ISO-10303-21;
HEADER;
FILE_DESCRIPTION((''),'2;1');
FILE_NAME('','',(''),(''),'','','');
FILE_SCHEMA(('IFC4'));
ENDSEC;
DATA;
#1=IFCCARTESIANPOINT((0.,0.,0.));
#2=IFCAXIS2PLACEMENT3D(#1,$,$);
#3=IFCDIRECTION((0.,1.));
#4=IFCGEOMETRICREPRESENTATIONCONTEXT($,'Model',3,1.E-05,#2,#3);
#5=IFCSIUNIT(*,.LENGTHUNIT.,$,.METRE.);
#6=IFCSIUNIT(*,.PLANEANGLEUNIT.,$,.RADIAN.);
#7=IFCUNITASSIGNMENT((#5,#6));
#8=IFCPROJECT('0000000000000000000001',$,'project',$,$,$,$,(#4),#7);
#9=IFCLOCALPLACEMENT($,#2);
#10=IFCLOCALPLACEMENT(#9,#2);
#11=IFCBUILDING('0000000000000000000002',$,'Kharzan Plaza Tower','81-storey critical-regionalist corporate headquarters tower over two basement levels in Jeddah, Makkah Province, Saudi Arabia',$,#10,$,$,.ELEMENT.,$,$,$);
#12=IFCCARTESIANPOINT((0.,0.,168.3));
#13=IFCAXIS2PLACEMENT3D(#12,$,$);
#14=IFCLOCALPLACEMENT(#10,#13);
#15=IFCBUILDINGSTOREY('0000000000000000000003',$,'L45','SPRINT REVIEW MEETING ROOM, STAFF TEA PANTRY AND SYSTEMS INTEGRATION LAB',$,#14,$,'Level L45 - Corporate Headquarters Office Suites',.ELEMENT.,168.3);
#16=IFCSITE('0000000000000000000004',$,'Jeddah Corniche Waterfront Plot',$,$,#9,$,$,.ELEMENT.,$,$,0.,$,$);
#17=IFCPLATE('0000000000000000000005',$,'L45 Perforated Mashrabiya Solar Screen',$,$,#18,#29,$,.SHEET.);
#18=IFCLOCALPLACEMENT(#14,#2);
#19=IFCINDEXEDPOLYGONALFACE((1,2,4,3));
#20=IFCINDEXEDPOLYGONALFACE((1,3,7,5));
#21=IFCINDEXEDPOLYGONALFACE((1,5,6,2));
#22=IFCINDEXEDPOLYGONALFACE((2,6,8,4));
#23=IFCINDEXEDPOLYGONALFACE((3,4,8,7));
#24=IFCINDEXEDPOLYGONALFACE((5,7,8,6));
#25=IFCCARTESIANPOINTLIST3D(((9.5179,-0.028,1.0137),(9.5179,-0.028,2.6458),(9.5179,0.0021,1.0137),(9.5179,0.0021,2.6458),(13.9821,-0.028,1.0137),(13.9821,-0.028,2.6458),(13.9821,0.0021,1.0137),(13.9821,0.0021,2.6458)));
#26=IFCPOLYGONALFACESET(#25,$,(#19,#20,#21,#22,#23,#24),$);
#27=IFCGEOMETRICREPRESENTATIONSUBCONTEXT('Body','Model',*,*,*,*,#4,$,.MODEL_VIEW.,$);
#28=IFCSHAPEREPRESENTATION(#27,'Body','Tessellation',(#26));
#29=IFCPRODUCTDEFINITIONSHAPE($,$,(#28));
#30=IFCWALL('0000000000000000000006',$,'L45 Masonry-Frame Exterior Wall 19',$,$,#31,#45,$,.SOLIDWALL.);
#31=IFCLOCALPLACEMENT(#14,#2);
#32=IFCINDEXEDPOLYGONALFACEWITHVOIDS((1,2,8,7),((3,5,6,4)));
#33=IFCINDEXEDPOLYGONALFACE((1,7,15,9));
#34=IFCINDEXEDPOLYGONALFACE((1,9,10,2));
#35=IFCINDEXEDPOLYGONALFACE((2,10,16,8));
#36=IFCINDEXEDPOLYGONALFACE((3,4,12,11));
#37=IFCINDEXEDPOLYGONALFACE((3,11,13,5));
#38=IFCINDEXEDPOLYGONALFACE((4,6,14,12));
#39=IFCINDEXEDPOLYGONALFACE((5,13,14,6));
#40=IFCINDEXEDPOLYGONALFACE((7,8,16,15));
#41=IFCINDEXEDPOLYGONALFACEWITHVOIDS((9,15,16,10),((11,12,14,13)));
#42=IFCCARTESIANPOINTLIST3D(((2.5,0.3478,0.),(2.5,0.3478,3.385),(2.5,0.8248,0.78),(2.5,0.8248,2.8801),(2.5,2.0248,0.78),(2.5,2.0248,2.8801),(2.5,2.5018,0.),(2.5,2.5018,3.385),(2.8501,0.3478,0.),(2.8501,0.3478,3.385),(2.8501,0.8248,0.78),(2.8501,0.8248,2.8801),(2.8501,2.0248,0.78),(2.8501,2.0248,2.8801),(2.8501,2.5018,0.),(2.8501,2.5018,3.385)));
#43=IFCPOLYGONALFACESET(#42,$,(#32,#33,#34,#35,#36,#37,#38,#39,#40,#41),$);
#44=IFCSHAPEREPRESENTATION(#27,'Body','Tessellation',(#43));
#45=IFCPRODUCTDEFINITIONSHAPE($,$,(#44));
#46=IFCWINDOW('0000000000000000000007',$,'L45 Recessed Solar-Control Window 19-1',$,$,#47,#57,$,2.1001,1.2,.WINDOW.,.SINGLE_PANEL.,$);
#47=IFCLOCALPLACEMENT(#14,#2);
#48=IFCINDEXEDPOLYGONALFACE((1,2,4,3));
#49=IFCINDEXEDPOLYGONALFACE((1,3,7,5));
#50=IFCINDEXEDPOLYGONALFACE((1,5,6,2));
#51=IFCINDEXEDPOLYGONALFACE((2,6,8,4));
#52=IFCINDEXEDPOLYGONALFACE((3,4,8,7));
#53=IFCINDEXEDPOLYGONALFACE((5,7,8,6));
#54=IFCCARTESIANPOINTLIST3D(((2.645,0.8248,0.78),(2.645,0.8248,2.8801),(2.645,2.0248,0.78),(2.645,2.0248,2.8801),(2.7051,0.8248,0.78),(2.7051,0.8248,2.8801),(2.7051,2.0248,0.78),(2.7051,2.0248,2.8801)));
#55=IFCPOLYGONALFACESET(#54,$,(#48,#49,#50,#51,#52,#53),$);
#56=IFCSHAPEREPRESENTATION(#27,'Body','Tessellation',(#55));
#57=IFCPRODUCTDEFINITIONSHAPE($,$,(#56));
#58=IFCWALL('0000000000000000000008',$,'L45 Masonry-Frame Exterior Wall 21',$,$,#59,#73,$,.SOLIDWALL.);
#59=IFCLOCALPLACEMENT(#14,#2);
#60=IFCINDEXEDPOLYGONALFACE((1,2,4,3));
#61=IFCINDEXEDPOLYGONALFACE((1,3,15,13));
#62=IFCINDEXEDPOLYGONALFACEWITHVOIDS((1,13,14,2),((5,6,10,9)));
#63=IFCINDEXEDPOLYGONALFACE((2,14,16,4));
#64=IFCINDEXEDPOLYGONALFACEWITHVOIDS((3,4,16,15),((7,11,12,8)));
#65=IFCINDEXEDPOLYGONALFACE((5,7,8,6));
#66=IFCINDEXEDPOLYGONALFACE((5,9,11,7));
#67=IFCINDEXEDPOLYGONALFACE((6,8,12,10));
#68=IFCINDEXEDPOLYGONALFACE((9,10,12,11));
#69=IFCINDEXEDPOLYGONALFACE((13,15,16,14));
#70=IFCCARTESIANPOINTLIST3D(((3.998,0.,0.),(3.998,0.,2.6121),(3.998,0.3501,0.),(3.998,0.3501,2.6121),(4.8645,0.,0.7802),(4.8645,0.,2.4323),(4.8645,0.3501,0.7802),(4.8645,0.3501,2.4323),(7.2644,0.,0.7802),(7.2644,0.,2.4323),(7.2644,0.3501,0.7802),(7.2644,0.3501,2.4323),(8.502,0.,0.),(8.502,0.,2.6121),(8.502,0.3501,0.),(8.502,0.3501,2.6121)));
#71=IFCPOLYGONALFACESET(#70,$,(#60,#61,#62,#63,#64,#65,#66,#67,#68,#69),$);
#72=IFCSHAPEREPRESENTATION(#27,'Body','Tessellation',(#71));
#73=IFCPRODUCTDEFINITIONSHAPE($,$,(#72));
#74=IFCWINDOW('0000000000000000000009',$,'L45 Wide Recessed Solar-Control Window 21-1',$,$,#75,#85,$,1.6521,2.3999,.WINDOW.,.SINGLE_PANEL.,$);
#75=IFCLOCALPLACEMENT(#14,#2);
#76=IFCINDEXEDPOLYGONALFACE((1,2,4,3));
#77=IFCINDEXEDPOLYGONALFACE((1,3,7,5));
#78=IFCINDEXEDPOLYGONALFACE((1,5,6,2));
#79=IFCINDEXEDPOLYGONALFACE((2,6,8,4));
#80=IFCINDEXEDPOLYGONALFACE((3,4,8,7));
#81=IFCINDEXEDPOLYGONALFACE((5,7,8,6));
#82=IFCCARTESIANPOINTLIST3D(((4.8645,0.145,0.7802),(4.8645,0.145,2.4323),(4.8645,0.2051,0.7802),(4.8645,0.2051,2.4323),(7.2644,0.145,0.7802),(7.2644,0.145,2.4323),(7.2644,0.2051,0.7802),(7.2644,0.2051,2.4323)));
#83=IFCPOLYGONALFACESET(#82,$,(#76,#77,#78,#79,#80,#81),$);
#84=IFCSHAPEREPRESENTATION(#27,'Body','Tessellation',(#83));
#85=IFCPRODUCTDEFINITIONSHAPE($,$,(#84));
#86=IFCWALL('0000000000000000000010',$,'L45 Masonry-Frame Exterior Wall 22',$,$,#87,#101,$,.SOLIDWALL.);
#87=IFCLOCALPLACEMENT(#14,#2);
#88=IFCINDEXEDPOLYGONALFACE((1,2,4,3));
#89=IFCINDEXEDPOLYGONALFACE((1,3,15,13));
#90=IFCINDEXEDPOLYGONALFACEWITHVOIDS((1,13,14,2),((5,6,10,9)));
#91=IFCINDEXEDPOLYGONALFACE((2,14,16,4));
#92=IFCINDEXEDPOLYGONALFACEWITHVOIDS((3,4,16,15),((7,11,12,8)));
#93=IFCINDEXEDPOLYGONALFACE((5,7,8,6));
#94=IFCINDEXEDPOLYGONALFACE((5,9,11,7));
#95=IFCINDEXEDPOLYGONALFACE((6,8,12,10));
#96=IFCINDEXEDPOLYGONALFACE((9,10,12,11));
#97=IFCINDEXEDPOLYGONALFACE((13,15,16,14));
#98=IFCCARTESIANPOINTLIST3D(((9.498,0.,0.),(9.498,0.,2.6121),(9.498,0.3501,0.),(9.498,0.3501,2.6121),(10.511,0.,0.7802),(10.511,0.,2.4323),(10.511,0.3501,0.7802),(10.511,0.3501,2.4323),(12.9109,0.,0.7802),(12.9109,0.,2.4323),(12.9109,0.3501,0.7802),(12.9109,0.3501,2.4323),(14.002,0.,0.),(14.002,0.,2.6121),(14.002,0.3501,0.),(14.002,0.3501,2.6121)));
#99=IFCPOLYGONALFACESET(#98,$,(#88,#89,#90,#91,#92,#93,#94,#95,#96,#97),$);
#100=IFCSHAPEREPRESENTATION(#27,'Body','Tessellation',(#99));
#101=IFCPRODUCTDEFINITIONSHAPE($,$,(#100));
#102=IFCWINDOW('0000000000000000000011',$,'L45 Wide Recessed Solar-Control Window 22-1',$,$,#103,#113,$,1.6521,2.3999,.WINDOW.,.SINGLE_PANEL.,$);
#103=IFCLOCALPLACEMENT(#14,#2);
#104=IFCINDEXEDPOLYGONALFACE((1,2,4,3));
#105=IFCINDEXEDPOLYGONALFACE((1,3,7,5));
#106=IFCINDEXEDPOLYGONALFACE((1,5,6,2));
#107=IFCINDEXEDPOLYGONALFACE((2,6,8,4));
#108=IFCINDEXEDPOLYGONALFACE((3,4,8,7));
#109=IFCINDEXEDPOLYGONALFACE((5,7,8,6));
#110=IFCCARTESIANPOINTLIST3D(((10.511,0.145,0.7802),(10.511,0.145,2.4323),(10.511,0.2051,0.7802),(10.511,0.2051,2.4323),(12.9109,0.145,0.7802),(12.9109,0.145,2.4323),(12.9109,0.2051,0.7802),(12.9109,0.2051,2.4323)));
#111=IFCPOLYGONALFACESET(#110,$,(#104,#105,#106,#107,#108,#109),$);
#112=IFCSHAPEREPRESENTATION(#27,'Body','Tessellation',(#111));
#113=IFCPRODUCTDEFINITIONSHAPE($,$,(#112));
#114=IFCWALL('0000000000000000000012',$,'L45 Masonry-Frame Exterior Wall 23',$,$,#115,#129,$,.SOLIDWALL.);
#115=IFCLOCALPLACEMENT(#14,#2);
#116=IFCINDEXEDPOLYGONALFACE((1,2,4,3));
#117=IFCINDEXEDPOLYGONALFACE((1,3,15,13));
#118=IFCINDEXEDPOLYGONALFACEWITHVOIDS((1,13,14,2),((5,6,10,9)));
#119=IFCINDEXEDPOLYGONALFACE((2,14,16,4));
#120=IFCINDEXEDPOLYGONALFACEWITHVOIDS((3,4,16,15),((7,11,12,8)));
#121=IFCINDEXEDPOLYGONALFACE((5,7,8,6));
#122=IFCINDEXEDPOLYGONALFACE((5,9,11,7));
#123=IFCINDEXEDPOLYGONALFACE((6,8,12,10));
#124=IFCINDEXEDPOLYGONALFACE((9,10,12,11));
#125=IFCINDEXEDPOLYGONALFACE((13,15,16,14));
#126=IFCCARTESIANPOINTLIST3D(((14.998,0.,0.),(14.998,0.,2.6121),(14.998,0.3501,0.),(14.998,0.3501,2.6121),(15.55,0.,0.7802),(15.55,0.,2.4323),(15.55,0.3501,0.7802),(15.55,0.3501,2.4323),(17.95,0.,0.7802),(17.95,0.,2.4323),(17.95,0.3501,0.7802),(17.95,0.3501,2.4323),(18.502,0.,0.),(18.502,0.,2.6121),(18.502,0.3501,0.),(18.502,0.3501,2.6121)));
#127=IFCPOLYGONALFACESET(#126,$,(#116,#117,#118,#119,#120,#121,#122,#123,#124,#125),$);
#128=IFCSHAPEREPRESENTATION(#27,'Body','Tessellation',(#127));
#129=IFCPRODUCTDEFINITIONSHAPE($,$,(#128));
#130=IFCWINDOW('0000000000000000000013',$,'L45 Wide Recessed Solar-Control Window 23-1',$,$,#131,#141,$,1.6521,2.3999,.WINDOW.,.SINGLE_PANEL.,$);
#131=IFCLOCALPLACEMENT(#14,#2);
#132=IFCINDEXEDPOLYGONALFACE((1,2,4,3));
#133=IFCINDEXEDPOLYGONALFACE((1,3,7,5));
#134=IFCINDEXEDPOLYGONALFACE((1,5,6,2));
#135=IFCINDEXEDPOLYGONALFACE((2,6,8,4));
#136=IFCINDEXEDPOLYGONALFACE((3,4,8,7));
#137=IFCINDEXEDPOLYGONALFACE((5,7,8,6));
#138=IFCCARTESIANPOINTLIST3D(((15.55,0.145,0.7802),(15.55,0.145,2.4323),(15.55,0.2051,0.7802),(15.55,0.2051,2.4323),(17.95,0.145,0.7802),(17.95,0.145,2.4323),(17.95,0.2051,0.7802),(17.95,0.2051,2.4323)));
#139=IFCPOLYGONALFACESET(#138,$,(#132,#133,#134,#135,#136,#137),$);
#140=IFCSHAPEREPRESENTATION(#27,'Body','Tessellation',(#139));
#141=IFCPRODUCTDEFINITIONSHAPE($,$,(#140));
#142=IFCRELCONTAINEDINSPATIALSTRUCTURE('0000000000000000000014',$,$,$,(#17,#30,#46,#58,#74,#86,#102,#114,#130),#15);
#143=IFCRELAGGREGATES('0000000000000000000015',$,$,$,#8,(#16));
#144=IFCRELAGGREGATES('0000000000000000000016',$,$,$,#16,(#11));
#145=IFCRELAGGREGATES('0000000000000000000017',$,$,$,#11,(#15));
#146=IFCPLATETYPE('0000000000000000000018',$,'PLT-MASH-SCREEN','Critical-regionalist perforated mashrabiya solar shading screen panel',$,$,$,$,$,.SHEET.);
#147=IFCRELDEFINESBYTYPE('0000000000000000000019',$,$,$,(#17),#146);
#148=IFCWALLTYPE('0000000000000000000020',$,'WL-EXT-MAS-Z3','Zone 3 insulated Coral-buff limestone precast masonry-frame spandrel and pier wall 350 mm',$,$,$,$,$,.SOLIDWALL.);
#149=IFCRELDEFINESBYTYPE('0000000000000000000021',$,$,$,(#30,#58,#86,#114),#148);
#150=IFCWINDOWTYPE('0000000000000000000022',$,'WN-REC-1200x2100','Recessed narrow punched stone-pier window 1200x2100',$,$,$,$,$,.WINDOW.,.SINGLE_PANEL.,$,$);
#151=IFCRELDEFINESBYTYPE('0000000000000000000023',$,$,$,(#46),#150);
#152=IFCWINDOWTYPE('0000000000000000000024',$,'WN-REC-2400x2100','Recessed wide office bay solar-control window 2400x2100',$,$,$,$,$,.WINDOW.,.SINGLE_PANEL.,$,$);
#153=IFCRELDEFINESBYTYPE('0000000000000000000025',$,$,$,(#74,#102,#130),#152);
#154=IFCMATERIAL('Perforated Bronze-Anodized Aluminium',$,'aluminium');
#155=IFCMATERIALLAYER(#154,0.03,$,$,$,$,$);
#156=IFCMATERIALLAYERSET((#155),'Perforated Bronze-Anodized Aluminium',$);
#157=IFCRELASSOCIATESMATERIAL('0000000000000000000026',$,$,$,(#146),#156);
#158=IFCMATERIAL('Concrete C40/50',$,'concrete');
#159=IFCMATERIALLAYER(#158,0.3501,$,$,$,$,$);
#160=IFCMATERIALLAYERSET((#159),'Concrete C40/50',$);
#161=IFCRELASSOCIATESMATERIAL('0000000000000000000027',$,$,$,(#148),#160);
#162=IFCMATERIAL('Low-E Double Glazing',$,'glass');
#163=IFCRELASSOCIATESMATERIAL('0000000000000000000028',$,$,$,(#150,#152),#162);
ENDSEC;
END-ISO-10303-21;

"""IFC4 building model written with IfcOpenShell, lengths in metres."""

from ifc_helpers import new_model, si_unit, direction, frame, frame_2d, origin, origin_2d, place, context, subcontext, project, spatial, rectangle, extrude, source, transform, mapped, material, layer, layer_set, type_object, element, fill, save


model = new_model("IFC4")

# Units and contexts
model_context = context("Model", 3, precision=1e-05, world=origin(), true_north=direction((0.0, 1.0)))
body_context = subcontext(model_context, "Body", "Model", "MODEL_VIEW")
ifc_project = project(units=[si_unit("LENGTHUNIT", "METRE"), si_unit("PLANEANGLEUNIT", "RADIAN")], contexts=[model_context])

# Site, building, storey
site_placement = place(None, origin())
site = spatial("IfcSite", under=ifc_project, at=site_placement, Name="Jeddah Corniche Waterfront Plot", CompositionType="ELEMENT", RefElevation=0.0)
building_placement = place(site_placement, origin())
building = spatial("IfcBuilding", under=site, at=building_placement, Name="Kharzan Plaza Tower", Description="81-storey critical-regionalist corporate headquarters tower over two basement levels in Jeddah, Makkah Province, Saudi Arabia", CompositionType="ELEMENT")
storey_placement = place(building_placement, frame((0.0, 0.0, 168.3)))
storey = spatial("IfcBuildingStorey", under=building, at=storey_placement, Name="L45", Description="SPRINT REVIEW MEETING ROOM, STAFF TEA PANTRY AND SYSTEMS INTEGRATION LAB", LongName="Level L45 - Corporate Headquarters Office Suites", CompositionType="ELEMENT", Elevation=168.3)

# Plate
ifc_material_1 = material(Name="Perforated Bronze-Anodized Aluminium", Category="aluminium")
ifc_layer_1 = layer(ifc_material_1, 0.03)
ifc_layer_set_1 = layer_set([ifc_layer_1], Name="Perforated Bronze-Anodized Aluminium")
plate_type = type_object("IfcPlateType", Name="PLT-MASH-SCREEN", Description="Critical-regionalist perforated mashrabiya solar shading screen panel", PredefinedType="SHEET", material=ifc_layer_set_1)
shared_shape_1 = source(origin(), body_context, "Body", "SweptSolid", [
    extrude(rectangle(XDim=4.4641, YDim=0.03, at=origin_2d()), origin(), (0.0, 0.0, 1.0), 1.6321),
])
for number, where, z_axis, x_axis, name in (
    (1, (11.75, -0.0129, 1.0137), (0.0, 0.0, 1.0), (1.0, 0.0, 0.0), "L45 Perforated Mashrabiya Solar Screen"),
):
    element("IfcPlate", number, at=place(storey_placement, frame(where, z_axis=z_axis, x_axis=x_axis)), inside=storey, type_object=plate_type, Name=name, PredefinedType="SHEET", context=body_context, shape_type="MappedRepresentation", body=[
        mapped(shared_shape_1, transform((0.0, 0.0, 0.0), x_axis=(1.0, 0.0, 0.0), y_axis=(0.0, 1.0, 0.0), z_axis=(0.0, 0.0, 1.0))),
    ])

# Walls, openings, windows
ifc_material_2 = material(Name="Concrete C40/50", Category="concrete")
ifc_layer_2 = layer(ifc_material_2, 0.3501)
ifc_layer_set_2 = layer_set([ifc_layer_2], Name="Concrete C40/50")
wall_type_1 = type_object("IfcWallType", Name="WL-EXT-MAS-Z3", Description="Zone 3 insulated Coral-buff limestone precast masonry-frame spandrel and pier wall 350 mm", PredefinedType="SOLIDWALL", material=ifc_layer_set_2)
wall_1_placement = place(storey_placement, frame((2.675, 2.502, 0.0), z_axis=(0.0, 0.0, 1.0), x_axis=(0.0, -1.0, 0.0)))
wall_1 = element("IfcWall", 2, at=wall_1_placement, inside=storey, type_object=wall_type_1, Name="L45 Masonry-Frame Exterior Wall 19", PredefinedType="SOLIDWALL", context=body_context, shape_type="SweptSolid", body=[
    extrude(rectangle(XDim=2.1541, YDim=0.3501, at=frame_2d((1.0771, 0.0))), origin(), (0.0, 0.0, 1.0), 3.385),
])
opening_1_placement = place(wall_1_placement, frame((0.4771, 0.0, 0.78)))
opening_1 = element("IfcOpeningElement", 3, at=opening_1_placement, cuts=wall_1, PredefinedType="OPENING", context=body_context, shape_type="SweptSolid", body=[
    extrude(rectangle(XDim=1.2, YDim=2.1001, at=frame_2d((0.6001, 1.05))), frame((0.0, 0.1851, 0.0), z_axis=(0.0, -1.0, 0.0), x_axis=(1.0, 0.0, 0.0)), (0.0, 0.0, 1.0), 0.3701),
])
ifc_material_3 = material(Name="Low-E Double Glazing", Category="glass")
window_type_1 = type_object("IfcWindowType", Name="WN-REC-1200x2100", Description="Recessed narrow punched stone-pier window 1200x2100", PartitioningType="SINGLE_PANEL", PredefinedType="WINDOW", material=ifc_material_3)
shared_shape_2 = source(origin(), body_context, "Body", "SweptSolid", [
    extrude(rectangle(XDim=1.2, YDim=2.1001, at=frame_2d((0.6001, 1.05))), frame((0.0, 0.03, 0.0), z_axis=(0.0, -1.0, 0.0), x_axis=(1.0, 0.0, 0.0)), (0.0, 0.0, 1.0), 0.0601),
])
window_1_placement = place(opening_1_placement, origin())
window_1 = element("IfcWindow", 4, at=window_1_placement, inside=storey, type_object=window_type_1, Name="L45 Recessed Solar-Control Window 19-1", OverallHeight=2.1001, OverallWidth=1.2, PartitioningType="SINGLE_PANEL", PredefinedType="WINDOW", context=body_context, shape_type="MappedRepresentation", body=[
    mapped(shared_shape_2, transform((0.0, 0.0, 0.0), x_axis=(1.0, 0.0, 0.0), y_axis=(0.0, 1.0, 0.0), z_axis=(0.0, 0.0, 1.0))),
])
fill(opening_1, window_1)
wall_2_placement = place(storey_placement, frame((3.998, 0.175, 0.0), z_axis=(0.0, 0.0, 1.0), x_axis=(1.0, 0.0, 0.0)))
wall_2 = element("IfcWall", 5, at=wall_2_placement, inside=storey, type_object=wall_type_1, Name="L45 Masonry-Frame Exterior Wall 21", PredefinedType="SOLIDWALL", context=body_context, shape_type="SweptSolid", body=[
    extrude(rectangle(XDim=4.5039, YDim=0.3501, at=frame_2d((2.252, 0.0))), origin(), (0.0, 0.0, 1.0), 2.6121),
])
opening_2_placement = place(wall_2_placement, frame((0.8665, 0.0, 0.78)))
opening_2 = element("IfcOpeningElement", 6, at=opening_2_placement, cuts=wall_2, PredefinedType="OPENING", context=body_context, shape_type="SweptSolid", body=[
    extrude(rectangle(XDim=2.3999, YDim=1.6521, at=frame_2d((1.2, 0.8262))), frame((0.0, 0.1851, 0.0), z_axis=(0.0, -1.0, 0.0), x_axis=(1.0, 0.0, 0.0)), (0.0, 0.0, 1.0), 0.3701),
])
window_type_2 = type_object("IfcWindowType", Name="WN-REC-2400x2100", Description="Recessed wide office bay solar-control window 2400x2100", PartitioningType="SINGLE_PANEL", PredefinedType="WINDOW", material=ifc_material_3)
shared_shape_3 = source(origin(), body_context, "Body", "SweptSolid", [
    extrude(rectangle(XDim=2.3999, YDim=1.6521, at=frame_2d((1.2, 0.8262))), frame((0.0, 0.03, 0.0), z_axis=(0.0, -1.0, 0.0), x_axis=(1.0, 0.0, 0.0)), (0.0, 0.0, 1.0), 0.0601),
])
window_2_placement = place(opening_2_placement, origin())
window_2 = element("IfcWindow", 7, at=window_2_placement, inside=storey, type_object=window_type_2, Name="L45 Wide Recessed Solar-Control Window 21-1", OverallHeight=1.6521, OverallWidth=2.3999, PartitioningType="SINGLE_PANEL", PredefinedType="WINDOW", context=body_context, shape_type="MappedRepresentation", body=[
    mapped(shared_shape_3, transform((0.0, 0.0, 0.0), x_axis=(1.0, 0.0, 0.0), y_axis=(0.0, 1.0, 0.0), z_axis=(0.0, 0.0, 1.0))),
])
fill(opening_2, window_2)
wall_3_placement = place(storey_placement, frame((9.498, 0.175, 0.0), z_axis=(0.0, 0.0, 1.0), x_axis=(1.0, 0.0, 0.0)))
wall_3 = element("IfcWall", 8, at=wall_3_placement, inside=storey, type_object=wall_type_1, Name="L45 Masonry-Frame Exterior Wall 22", PredefinedType="SOLIDWALL", context=body_context, shape_type="SweptSolid", body=[
    extrude(rectangle(XDim=4.5039, YDim=0.3501, at=frame_2d((2.252, 0.0))), origin(), (0.0, 0.0, 1.0), 2.6121),
])
opening_3_placement = place(wall_3_placement, frame((1.0129, 0.0, 0.78)))
opening_3 = element("IfcOpeningElement", 9, at=opening_3_placement, cuts=wall_3, PredefinedType="OPENING", context=body_context, shape_type="SweptSolid", body=[
    extrude(rectangle(XDim=2.3999, YDim=1.6521, at=frame_2d((1.2, 0.8262))), frame((0.0, 0.1851, 0.0), z_axis=(0.0, -1.0, 0.0), x_axis=(1.0, 0.0, 0.0)), (0.0, 0.0, 1.0), 0.3701),
])
window_3_placement = place(opening_3_placement, origin())
window_3 = element("IfcWindow", 10, at=window_3_placement, inside=storey, type_object=window_type_2, Name="L45 Wide Recessed Solar-Control Window 22-1", OverallHeight=1.6521, OverallWidth=2.3999, PartitioningType="SINGLE_PANEL", PredefinedType="WINDOW", context=body_context, shape_type="MappedRepresentation", body=[
    mapped(shared_shape_3, transform((0.0, 0.0, 0.0), x_axis=(1.0, 0.0, 0.0), y_axis=(0.0, 1.0, 0.0), z_axis=(0.0, 0.0, 1.0))),
])
fill(opening_3, window_3)
wall_4_placement = place(storey_placement, frame((14.998, 0.175, 0.0), z_axis=(0.0, 0.0, 1.0), x_axis=(1.0, 0.0, 0.0)))
wall_4 = element("IfcWall", 11, at=wall_4_placement, inside=storey, type_object=wall_type_1, Name="L45 Masonry-Frame Exterior Wall 23", PredefinedType="SOLIDWALL", context=body_context, shape_type="SweptSolid", body=[
    extrude(rectangle(XDim=3.5039, YDim=0.3501, at=frame_2d((1.752, 0.0))), origin(), (0.0, 0.0, 1.0), 2.6121),
])
opening_4_placement = place(wall_4_placement, frame((0.552, 0.0, 0.78)))
opening_4 = element("IfcOpeningElement", 12, at=opening_4_placement, cuts=wall_4, PredefinedType="OPENING", context=body_context, shape_type="SweptSolid", body=[
    extrude(rectangle(XDim=2.3999, YDim=1.6521, at=frame_2d((1.2, 0.8262))), frame((0.0, 0.1851, 0.0), z_axis=(0.0, -1.0, 0.0), x_axis=(1.0, 0.0, 0.0)), (0.0, 0.0, 1.0), 0.3701),
])
window_4_placement = place(opening_4_placement, origin())
window_4 = element("IfcWindow", 13, at=window_4_placement, inside=storey, type_object=window_type_2, Name="L45 Wide Recessed Solar-Control Window 23-1", OverallHeight=1.6521, OverallWidth=2.3999, PartitioningType="SINGLE_PANEL", PredefinedType="WINDOW", context=body_context, shape_type="MappedRepresentation", body=[
    mapped(shared_shape_3, transform((0.0, 0.0, 0.0), x_axis=(1.0, 0.0, 0.0), y_axis=(0.0, 1.0, 0.0), z_axis=(0.0, 0.0, 1.0))),
])
fill(opening_4, window_4)

save(model, "model.ifc")
